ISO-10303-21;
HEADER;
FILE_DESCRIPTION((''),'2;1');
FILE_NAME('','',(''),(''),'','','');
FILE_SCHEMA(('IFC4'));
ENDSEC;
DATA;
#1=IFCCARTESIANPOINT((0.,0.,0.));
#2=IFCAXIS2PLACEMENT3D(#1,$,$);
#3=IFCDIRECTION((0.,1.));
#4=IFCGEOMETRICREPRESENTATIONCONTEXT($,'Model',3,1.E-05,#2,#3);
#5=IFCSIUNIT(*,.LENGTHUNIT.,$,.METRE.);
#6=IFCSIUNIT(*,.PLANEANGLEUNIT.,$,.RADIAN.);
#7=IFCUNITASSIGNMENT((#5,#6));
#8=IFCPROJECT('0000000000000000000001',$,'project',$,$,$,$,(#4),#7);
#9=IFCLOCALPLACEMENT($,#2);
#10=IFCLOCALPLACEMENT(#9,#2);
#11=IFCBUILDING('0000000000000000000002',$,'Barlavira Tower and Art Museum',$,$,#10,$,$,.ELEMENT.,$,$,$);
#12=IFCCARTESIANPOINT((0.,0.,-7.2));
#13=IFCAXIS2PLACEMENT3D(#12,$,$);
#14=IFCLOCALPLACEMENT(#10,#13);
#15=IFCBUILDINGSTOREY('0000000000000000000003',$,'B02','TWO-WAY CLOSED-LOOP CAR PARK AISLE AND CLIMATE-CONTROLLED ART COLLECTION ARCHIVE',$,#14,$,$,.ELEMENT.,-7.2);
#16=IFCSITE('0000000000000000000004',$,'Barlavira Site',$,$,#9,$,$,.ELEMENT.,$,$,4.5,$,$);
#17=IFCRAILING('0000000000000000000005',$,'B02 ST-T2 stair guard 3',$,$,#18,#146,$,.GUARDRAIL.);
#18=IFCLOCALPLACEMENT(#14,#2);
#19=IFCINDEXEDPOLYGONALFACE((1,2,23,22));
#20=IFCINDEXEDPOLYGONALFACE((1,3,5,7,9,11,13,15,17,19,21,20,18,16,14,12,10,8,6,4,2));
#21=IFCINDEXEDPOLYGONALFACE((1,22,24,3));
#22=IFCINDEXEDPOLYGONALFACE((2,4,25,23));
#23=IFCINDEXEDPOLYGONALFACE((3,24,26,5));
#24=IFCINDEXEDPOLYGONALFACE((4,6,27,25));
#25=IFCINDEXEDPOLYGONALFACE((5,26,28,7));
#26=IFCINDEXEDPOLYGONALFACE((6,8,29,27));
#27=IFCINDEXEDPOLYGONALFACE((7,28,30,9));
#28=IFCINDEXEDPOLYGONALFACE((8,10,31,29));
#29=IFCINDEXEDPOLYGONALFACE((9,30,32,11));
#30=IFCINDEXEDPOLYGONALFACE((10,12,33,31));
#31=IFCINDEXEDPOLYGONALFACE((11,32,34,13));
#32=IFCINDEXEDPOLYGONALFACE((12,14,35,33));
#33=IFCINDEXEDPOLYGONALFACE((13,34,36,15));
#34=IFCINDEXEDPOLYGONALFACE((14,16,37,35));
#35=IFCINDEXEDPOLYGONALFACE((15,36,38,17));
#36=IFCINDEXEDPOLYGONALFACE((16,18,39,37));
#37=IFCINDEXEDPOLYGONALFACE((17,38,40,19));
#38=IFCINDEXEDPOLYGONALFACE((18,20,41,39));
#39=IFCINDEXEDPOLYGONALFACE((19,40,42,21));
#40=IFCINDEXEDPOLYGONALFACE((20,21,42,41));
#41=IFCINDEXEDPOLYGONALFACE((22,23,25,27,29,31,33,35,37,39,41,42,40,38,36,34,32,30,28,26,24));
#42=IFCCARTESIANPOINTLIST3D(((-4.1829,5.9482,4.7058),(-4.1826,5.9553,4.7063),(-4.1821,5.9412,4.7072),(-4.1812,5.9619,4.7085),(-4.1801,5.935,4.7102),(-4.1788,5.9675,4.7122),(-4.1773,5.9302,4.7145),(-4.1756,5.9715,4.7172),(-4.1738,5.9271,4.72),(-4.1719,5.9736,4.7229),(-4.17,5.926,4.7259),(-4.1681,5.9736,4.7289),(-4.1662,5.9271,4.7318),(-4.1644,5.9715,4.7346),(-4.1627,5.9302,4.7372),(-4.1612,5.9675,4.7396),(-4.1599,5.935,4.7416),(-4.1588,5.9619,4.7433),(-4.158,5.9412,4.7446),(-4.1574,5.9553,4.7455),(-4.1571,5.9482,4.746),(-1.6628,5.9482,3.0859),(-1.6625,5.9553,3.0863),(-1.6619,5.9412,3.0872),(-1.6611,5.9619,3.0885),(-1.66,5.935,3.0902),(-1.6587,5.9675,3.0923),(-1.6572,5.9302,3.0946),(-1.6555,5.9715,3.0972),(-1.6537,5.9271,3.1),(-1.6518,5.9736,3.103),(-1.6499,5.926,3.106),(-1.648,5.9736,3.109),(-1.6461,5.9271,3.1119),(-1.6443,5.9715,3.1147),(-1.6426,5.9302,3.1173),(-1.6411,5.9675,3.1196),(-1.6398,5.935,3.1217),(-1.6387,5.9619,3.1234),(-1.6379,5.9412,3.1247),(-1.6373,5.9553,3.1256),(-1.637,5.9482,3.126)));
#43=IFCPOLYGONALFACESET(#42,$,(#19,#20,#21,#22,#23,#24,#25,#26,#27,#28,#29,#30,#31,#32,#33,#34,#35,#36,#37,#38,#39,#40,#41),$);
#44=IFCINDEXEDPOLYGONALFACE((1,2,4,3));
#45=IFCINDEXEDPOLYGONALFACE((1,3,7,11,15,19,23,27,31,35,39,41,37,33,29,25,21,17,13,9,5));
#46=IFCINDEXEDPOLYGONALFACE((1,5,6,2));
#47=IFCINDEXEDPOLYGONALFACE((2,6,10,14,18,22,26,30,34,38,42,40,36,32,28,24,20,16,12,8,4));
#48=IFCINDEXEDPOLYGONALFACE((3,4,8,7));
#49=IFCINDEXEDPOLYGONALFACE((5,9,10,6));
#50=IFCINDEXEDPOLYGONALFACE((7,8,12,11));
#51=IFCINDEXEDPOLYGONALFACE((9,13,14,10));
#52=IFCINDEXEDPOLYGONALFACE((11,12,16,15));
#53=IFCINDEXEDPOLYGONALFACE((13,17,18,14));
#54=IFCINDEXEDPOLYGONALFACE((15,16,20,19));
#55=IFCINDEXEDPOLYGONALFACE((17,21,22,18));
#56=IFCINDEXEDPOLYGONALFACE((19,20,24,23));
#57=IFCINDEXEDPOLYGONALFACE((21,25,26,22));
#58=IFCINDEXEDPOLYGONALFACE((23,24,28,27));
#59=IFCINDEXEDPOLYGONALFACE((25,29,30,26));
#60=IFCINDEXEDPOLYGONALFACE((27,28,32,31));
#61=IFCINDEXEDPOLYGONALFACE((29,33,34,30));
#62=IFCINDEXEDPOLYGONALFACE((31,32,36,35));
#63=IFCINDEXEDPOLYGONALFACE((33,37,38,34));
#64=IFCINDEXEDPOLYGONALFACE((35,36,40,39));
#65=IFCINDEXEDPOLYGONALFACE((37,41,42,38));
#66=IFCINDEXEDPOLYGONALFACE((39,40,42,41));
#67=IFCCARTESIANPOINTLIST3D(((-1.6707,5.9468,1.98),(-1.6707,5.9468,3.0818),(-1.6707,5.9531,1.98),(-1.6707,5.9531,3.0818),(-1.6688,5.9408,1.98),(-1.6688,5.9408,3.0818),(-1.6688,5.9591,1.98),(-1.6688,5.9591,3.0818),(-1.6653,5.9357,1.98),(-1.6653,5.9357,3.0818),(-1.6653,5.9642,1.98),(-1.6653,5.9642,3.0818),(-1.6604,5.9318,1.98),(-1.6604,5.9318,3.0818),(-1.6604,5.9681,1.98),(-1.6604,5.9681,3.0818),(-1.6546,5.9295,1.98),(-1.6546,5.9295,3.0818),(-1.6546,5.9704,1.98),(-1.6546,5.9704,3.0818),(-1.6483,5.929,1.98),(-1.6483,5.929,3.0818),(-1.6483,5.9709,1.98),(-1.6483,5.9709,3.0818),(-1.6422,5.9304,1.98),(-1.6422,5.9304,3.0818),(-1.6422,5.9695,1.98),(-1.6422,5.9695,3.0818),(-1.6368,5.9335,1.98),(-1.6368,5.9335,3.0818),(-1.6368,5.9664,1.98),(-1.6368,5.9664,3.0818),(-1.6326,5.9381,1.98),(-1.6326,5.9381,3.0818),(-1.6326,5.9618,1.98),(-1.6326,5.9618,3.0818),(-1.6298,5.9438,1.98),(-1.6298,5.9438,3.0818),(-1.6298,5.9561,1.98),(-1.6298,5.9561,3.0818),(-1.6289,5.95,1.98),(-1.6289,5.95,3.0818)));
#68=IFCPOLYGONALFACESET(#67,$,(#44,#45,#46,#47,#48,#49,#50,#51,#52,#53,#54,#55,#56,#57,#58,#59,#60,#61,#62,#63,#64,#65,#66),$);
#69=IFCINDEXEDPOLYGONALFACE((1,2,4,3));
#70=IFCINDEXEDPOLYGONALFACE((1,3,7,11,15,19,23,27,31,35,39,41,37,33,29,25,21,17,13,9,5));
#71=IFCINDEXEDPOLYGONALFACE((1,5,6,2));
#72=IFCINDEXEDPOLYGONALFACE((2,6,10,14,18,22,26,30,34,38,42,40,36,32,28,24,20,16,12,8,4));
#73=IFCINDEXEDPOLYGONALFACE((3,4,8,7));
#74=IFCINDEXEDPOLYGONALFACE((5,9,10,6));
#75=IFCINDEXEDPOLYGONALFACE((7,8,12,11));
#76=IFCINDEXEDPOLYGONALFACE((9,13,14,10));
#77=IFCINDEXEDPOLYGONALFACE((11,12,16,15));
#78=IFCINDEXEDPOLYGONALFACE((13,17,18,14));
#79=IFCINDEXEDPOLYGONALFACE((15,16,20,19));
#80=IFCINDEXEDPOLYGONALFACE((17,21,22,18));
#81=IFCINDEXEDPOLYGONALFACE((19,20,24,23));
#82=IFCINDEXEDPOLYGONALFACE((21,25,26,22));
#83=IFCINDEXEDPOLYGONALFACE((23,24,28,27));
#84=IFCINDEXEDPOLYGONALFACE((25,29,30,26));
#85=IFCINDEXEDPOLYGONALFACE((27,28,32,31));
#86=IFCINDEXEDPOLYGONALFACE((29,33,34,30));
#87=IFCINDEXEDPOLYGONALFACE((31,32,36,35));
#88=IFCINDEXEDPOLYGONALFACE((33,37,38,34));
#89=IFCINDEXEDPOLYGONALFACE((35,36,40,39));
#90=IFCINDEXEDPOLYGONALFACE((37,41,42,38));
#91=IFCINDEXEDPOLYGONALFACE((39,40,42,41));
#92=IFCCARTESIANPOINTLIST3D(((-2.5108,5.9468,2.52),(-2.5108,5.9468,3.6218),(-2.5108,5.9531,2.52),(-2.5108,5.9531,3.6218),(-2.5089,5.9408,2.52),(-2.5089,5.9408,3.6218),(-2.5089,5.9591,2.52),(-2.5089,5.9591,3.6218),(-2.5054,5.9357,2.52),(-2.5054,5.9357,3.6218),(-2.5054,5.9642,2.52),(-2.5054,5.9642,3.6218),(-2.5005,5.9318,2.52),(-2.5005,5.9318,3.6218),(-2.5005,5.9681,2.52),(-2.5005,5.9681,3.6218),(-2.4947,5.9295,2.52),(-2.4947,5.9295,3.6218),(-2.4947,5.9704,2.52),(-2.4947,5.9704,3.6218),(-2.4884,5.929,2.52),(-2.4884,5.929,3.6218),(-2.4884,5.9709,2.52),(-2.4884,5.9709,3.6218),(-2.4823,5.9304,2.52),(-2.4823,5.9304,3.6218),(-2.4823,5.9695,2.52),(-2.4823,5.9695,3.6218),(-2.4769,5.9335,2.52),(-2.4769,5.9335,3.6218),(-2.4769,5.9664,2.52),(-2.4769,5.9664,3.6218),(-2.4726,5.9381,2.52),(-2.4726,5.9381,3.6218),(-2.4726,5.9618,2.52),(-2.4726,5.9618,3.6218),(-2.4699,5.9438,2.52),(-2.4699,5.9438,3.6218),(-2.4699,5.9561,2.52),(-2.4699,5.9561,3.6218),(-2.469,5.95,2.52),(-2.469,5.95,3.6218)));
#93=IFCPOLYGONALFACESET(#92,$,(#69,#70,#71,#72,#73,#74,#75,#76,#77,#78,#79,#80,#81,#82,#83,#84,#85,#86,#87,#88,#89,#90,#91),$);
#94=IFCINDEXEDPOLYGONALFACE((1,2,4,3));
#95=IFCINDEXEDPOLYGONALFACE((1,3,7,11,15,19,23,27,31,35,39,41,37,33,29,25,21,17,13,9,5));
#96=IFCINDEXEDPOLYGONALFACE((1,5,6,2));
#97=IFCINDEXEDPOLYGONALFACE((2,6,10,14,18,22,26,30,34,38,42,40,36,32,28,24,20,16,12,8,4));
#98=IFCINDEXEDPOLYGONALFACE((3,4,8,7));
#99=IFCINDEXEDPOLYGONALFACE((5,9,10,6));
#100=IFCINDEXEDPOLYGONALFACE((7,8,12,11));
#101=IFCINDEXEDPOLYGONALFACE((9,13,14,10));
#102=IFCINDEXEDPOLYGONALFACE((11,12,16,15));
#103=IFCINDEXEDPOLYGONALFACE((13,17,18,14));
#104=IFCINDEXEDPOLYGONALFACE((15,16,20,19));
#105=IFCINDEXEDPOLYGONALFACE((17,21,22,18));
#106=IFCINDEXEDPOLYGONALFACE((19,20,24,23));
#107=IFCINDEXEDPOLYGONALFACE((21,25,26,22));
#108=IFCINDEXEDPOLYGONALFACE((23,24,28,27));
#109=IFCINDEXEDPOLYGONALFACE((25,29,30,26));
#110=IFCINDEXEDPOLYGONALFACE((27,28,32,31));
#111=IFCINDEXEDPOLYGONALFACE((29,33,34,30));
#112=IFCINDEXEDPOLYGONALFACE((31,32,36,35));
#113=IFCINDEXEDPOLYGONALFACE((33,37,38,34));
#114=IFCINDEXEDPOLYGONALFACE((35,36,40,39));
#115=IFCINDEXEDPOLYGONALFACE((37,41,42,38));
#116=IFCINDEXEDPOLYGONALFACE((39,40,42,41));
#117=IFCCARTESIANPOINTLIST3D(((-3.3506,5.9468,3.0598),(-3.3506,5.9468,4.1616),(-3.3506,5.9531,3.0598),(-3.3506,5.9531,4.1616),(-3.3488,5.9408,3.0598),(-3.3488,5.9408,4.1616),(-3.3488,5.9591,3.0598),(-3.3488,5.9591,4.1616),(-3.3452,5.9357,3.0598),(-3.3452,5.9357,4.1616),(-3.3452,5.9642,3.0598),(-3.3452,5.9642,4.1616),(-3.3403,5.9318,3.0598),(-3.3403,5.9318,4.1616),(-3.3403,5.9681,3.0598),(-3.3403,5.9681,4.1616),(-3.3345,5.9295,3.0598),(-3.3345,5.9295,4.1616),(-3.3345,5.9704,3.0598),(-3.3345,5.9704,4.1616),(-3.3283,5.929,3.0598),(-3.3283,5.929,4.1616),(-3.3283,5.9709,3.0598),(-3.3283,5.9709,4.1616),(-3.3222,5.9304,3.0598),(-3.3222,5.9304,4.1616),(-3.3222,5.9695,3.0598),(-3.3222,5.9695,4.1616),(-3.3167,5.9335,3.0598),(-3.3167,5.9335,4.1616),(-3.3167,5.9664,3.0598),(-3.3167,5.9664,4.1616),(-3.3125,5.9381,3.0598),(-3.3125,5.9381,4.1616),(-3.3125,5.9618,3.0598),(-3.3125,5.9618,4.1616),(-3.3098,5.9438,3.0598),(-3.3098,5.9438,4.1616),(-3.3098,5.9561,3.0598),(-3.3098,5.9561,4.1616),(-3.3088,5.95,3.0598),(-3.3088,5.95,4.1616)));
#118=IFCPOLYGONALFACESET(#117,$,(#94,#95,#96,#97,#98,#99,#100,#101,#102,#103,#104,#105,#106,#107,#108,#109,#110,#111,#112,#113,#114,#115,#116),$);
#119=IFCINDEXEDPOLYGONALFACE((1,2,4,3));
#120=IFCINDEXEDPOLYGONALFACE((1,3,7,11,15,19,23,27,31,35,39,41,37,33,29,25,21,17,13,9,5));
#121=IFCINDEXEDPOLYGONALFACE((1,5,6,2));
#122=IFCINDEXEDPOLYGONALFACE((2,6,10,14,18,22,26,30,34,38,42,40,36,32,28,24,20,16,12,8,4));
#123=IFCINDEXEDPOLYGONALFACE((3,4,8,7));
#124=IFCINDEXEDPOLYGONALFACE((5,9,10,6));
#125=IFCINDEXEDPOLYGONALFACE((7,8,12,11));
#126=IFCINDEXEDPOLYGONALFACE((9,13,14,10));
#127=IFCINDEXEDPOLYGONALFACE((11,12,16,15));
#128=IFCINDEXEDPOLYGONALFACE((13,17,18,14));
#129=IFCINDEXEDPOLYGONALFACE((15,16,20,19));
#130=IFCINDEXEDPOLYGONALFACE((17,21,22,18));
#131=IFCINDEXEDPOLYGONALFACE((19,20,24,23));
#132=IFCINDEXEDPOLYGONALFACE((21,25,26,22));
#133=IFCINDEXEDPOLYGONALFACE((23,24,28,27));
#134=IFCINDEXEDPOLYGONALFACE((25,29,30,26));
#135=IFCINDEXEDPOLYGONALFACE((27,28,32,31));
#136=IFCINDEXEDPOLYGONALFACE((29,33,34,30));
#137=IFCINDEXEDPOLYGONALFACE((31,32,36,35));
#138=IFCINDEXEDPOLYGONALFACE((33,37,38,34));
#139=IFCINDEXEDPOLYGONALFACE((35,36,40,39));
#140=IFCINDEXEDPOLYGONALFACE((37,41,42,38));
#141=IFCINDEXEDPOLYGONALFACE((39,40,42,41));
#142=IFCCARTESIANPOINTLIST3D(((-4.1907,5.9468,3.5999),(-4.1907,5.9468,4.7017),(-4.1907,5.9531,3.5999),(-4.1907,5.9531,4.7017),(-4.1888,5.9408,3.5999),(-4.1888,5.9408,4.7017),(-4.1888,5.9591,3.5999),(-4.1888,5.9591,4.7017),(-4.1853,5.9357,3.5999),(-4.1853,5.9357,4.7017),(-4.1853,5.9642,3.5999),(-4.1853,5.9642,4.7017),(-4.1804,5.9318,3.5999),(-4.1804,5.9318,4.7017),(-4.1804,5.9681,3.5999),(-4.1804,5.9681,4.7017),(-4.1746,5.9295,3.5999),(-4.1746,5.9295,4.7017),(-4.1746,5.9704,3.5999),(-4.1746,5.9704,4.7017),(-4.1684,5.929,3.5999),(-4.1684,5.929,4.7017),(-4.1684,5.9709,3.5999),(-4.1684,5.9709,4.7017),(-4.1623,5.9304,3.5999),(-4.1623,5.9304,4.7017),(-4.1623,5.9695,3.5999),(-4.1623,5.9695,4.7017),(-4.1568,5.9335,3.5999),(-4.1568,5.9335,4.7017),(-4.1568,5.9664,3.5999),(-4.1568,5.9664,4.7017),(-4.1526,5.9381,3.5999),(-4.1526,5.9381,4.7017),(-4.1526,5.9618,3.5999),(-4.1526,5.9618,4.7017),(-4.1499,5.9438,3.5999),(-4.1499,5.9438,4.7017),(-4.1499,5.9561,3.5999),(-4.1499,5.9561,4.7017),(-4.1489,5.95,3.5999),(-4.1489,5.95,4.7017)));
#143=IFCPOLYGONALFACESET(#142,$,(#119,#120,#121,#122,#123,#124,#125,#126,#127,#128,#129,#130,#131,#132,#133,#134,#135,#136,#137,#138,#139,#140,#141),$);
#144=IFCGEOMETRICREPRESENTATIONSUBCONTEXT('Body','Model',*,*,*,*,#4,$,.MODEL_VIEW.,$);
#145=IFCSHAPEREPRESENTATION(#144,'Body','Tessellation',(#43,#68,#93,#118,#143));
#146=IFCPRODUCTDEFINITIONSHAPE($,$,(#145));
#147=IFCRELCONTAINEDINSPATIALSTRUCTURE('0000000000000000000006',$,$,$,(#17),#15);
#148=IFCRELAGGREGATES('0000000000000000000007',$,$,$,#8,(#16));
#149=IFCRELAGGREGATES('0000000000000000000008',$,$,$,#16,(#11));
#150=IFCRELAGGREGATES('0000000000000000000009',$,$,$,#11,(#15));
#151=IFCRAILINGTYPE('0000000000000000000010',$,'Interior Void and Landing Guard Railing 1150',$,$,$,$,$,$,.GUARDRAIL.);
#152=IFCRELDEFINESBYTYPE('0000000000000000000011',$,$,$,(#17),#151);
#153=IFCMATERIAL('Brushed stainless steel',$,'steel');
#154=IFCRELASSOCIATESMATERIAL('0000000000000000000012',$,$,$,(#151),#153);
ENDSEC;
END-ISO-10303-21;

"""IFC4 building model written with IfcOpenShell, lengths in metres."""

from ifc_helpers import new_model, si_unit, direction, frame, origin, origin_2d, place, context, subcontext, project, spatial, circle, extrude, material, type_object, element, save


model = new_model("IFC4")

# Units and contexts
model_context = context("Model", 3, precision=1e-05, world=origin(), true_north=direction((0.0, 1.0)))
body_context = subcontext(model_context, "Body", "Model", "MODEL_VIEW")
ifc_project = project(units=[si_unit("LENGTHUNIT", "METRE"), si_unit("PLANEANGLEUNIT", "RADIAN")], contexts=[model_context])

# Site, building, storey
site_placement = place(None, origin())
site = spatial("IfcSite", under=ifc_project, at=site_placement, Name="Barlavira Site", CompositionType="ELEMENT", RefElevation=4.5)
building_placement = place(site_placement, origin())
building = spatial("IfcBuilding", under=site, at=building_placement, Name="Barlavira Tower and Art Museum", CompositionType="ELEMENT")
storey_placement = place(building_placement, frame((0.0, 0.0, -7.2)))
storey = spatial("IfcBuildingStorey", under=building, at=storey_placement, Name="B02", Description="TWO-WAY CLOSED-LOOP CAR PARK AISLE AND CLIMATE-CONTROLLED ART COLLECTION ARCHIVE", CompositionType="ELEMENT", Elevation=-7.2)

# Shared definitions
ifc_material_1 = material(Name="Brushed stainless steel", Category="steel")

# Railing
railing_type_1 = type_object("IfcRailingType", Name="Interior Void and Landing Guard Railing 1150", PredefinedType="GUARDRAIL", material=ifc_material_1)
railing_1_placement = place(storey_placement, frame((-1.6499, 5.95, 1.98)))
element("IfcRailing", 1, at=railing_1_placement, inside=storey, type_object=railing_type_1, Name="B02 ST-T2 stair guard 3", PredefinedType="GUARDRAIL", context=body_context, shape_type="SweptSolid", body=[
    extrude(circle(Radius=0.0239, at=origin_2d()), frame((0.0, 0.0, 1.126), z_axis=(-0.8412, 0.0, 0.540725), x_axis=(0.0, -1.0, 0.0)), (0.0, 0.0, 1.0), 2.9958),
    extrude(circle(Radius=0.021, at=origin_2d()), origin(), (0.0, 0.0, 1.0), 1.1018),
    extrude(circle(Radius=0.021, at=origin_2d()), frame((-0.8401, 0.0, 0.54)), (0.0, 0.0, 1.0), 1.1018),
    extrude(circle(Radius=0.021, at=origin_2d()), frame((-1.6799, 0.0, 1.0798)), (0.0, 0.0, 1.0), 1.1018),
    extrude(circle(Radius=0.021, at=origin_2d()), frame((-2.52, 0.0, 1.6199)), (0.0, 0.0, 1.0), 1.1018),
])

save(model, "model.ifc")
